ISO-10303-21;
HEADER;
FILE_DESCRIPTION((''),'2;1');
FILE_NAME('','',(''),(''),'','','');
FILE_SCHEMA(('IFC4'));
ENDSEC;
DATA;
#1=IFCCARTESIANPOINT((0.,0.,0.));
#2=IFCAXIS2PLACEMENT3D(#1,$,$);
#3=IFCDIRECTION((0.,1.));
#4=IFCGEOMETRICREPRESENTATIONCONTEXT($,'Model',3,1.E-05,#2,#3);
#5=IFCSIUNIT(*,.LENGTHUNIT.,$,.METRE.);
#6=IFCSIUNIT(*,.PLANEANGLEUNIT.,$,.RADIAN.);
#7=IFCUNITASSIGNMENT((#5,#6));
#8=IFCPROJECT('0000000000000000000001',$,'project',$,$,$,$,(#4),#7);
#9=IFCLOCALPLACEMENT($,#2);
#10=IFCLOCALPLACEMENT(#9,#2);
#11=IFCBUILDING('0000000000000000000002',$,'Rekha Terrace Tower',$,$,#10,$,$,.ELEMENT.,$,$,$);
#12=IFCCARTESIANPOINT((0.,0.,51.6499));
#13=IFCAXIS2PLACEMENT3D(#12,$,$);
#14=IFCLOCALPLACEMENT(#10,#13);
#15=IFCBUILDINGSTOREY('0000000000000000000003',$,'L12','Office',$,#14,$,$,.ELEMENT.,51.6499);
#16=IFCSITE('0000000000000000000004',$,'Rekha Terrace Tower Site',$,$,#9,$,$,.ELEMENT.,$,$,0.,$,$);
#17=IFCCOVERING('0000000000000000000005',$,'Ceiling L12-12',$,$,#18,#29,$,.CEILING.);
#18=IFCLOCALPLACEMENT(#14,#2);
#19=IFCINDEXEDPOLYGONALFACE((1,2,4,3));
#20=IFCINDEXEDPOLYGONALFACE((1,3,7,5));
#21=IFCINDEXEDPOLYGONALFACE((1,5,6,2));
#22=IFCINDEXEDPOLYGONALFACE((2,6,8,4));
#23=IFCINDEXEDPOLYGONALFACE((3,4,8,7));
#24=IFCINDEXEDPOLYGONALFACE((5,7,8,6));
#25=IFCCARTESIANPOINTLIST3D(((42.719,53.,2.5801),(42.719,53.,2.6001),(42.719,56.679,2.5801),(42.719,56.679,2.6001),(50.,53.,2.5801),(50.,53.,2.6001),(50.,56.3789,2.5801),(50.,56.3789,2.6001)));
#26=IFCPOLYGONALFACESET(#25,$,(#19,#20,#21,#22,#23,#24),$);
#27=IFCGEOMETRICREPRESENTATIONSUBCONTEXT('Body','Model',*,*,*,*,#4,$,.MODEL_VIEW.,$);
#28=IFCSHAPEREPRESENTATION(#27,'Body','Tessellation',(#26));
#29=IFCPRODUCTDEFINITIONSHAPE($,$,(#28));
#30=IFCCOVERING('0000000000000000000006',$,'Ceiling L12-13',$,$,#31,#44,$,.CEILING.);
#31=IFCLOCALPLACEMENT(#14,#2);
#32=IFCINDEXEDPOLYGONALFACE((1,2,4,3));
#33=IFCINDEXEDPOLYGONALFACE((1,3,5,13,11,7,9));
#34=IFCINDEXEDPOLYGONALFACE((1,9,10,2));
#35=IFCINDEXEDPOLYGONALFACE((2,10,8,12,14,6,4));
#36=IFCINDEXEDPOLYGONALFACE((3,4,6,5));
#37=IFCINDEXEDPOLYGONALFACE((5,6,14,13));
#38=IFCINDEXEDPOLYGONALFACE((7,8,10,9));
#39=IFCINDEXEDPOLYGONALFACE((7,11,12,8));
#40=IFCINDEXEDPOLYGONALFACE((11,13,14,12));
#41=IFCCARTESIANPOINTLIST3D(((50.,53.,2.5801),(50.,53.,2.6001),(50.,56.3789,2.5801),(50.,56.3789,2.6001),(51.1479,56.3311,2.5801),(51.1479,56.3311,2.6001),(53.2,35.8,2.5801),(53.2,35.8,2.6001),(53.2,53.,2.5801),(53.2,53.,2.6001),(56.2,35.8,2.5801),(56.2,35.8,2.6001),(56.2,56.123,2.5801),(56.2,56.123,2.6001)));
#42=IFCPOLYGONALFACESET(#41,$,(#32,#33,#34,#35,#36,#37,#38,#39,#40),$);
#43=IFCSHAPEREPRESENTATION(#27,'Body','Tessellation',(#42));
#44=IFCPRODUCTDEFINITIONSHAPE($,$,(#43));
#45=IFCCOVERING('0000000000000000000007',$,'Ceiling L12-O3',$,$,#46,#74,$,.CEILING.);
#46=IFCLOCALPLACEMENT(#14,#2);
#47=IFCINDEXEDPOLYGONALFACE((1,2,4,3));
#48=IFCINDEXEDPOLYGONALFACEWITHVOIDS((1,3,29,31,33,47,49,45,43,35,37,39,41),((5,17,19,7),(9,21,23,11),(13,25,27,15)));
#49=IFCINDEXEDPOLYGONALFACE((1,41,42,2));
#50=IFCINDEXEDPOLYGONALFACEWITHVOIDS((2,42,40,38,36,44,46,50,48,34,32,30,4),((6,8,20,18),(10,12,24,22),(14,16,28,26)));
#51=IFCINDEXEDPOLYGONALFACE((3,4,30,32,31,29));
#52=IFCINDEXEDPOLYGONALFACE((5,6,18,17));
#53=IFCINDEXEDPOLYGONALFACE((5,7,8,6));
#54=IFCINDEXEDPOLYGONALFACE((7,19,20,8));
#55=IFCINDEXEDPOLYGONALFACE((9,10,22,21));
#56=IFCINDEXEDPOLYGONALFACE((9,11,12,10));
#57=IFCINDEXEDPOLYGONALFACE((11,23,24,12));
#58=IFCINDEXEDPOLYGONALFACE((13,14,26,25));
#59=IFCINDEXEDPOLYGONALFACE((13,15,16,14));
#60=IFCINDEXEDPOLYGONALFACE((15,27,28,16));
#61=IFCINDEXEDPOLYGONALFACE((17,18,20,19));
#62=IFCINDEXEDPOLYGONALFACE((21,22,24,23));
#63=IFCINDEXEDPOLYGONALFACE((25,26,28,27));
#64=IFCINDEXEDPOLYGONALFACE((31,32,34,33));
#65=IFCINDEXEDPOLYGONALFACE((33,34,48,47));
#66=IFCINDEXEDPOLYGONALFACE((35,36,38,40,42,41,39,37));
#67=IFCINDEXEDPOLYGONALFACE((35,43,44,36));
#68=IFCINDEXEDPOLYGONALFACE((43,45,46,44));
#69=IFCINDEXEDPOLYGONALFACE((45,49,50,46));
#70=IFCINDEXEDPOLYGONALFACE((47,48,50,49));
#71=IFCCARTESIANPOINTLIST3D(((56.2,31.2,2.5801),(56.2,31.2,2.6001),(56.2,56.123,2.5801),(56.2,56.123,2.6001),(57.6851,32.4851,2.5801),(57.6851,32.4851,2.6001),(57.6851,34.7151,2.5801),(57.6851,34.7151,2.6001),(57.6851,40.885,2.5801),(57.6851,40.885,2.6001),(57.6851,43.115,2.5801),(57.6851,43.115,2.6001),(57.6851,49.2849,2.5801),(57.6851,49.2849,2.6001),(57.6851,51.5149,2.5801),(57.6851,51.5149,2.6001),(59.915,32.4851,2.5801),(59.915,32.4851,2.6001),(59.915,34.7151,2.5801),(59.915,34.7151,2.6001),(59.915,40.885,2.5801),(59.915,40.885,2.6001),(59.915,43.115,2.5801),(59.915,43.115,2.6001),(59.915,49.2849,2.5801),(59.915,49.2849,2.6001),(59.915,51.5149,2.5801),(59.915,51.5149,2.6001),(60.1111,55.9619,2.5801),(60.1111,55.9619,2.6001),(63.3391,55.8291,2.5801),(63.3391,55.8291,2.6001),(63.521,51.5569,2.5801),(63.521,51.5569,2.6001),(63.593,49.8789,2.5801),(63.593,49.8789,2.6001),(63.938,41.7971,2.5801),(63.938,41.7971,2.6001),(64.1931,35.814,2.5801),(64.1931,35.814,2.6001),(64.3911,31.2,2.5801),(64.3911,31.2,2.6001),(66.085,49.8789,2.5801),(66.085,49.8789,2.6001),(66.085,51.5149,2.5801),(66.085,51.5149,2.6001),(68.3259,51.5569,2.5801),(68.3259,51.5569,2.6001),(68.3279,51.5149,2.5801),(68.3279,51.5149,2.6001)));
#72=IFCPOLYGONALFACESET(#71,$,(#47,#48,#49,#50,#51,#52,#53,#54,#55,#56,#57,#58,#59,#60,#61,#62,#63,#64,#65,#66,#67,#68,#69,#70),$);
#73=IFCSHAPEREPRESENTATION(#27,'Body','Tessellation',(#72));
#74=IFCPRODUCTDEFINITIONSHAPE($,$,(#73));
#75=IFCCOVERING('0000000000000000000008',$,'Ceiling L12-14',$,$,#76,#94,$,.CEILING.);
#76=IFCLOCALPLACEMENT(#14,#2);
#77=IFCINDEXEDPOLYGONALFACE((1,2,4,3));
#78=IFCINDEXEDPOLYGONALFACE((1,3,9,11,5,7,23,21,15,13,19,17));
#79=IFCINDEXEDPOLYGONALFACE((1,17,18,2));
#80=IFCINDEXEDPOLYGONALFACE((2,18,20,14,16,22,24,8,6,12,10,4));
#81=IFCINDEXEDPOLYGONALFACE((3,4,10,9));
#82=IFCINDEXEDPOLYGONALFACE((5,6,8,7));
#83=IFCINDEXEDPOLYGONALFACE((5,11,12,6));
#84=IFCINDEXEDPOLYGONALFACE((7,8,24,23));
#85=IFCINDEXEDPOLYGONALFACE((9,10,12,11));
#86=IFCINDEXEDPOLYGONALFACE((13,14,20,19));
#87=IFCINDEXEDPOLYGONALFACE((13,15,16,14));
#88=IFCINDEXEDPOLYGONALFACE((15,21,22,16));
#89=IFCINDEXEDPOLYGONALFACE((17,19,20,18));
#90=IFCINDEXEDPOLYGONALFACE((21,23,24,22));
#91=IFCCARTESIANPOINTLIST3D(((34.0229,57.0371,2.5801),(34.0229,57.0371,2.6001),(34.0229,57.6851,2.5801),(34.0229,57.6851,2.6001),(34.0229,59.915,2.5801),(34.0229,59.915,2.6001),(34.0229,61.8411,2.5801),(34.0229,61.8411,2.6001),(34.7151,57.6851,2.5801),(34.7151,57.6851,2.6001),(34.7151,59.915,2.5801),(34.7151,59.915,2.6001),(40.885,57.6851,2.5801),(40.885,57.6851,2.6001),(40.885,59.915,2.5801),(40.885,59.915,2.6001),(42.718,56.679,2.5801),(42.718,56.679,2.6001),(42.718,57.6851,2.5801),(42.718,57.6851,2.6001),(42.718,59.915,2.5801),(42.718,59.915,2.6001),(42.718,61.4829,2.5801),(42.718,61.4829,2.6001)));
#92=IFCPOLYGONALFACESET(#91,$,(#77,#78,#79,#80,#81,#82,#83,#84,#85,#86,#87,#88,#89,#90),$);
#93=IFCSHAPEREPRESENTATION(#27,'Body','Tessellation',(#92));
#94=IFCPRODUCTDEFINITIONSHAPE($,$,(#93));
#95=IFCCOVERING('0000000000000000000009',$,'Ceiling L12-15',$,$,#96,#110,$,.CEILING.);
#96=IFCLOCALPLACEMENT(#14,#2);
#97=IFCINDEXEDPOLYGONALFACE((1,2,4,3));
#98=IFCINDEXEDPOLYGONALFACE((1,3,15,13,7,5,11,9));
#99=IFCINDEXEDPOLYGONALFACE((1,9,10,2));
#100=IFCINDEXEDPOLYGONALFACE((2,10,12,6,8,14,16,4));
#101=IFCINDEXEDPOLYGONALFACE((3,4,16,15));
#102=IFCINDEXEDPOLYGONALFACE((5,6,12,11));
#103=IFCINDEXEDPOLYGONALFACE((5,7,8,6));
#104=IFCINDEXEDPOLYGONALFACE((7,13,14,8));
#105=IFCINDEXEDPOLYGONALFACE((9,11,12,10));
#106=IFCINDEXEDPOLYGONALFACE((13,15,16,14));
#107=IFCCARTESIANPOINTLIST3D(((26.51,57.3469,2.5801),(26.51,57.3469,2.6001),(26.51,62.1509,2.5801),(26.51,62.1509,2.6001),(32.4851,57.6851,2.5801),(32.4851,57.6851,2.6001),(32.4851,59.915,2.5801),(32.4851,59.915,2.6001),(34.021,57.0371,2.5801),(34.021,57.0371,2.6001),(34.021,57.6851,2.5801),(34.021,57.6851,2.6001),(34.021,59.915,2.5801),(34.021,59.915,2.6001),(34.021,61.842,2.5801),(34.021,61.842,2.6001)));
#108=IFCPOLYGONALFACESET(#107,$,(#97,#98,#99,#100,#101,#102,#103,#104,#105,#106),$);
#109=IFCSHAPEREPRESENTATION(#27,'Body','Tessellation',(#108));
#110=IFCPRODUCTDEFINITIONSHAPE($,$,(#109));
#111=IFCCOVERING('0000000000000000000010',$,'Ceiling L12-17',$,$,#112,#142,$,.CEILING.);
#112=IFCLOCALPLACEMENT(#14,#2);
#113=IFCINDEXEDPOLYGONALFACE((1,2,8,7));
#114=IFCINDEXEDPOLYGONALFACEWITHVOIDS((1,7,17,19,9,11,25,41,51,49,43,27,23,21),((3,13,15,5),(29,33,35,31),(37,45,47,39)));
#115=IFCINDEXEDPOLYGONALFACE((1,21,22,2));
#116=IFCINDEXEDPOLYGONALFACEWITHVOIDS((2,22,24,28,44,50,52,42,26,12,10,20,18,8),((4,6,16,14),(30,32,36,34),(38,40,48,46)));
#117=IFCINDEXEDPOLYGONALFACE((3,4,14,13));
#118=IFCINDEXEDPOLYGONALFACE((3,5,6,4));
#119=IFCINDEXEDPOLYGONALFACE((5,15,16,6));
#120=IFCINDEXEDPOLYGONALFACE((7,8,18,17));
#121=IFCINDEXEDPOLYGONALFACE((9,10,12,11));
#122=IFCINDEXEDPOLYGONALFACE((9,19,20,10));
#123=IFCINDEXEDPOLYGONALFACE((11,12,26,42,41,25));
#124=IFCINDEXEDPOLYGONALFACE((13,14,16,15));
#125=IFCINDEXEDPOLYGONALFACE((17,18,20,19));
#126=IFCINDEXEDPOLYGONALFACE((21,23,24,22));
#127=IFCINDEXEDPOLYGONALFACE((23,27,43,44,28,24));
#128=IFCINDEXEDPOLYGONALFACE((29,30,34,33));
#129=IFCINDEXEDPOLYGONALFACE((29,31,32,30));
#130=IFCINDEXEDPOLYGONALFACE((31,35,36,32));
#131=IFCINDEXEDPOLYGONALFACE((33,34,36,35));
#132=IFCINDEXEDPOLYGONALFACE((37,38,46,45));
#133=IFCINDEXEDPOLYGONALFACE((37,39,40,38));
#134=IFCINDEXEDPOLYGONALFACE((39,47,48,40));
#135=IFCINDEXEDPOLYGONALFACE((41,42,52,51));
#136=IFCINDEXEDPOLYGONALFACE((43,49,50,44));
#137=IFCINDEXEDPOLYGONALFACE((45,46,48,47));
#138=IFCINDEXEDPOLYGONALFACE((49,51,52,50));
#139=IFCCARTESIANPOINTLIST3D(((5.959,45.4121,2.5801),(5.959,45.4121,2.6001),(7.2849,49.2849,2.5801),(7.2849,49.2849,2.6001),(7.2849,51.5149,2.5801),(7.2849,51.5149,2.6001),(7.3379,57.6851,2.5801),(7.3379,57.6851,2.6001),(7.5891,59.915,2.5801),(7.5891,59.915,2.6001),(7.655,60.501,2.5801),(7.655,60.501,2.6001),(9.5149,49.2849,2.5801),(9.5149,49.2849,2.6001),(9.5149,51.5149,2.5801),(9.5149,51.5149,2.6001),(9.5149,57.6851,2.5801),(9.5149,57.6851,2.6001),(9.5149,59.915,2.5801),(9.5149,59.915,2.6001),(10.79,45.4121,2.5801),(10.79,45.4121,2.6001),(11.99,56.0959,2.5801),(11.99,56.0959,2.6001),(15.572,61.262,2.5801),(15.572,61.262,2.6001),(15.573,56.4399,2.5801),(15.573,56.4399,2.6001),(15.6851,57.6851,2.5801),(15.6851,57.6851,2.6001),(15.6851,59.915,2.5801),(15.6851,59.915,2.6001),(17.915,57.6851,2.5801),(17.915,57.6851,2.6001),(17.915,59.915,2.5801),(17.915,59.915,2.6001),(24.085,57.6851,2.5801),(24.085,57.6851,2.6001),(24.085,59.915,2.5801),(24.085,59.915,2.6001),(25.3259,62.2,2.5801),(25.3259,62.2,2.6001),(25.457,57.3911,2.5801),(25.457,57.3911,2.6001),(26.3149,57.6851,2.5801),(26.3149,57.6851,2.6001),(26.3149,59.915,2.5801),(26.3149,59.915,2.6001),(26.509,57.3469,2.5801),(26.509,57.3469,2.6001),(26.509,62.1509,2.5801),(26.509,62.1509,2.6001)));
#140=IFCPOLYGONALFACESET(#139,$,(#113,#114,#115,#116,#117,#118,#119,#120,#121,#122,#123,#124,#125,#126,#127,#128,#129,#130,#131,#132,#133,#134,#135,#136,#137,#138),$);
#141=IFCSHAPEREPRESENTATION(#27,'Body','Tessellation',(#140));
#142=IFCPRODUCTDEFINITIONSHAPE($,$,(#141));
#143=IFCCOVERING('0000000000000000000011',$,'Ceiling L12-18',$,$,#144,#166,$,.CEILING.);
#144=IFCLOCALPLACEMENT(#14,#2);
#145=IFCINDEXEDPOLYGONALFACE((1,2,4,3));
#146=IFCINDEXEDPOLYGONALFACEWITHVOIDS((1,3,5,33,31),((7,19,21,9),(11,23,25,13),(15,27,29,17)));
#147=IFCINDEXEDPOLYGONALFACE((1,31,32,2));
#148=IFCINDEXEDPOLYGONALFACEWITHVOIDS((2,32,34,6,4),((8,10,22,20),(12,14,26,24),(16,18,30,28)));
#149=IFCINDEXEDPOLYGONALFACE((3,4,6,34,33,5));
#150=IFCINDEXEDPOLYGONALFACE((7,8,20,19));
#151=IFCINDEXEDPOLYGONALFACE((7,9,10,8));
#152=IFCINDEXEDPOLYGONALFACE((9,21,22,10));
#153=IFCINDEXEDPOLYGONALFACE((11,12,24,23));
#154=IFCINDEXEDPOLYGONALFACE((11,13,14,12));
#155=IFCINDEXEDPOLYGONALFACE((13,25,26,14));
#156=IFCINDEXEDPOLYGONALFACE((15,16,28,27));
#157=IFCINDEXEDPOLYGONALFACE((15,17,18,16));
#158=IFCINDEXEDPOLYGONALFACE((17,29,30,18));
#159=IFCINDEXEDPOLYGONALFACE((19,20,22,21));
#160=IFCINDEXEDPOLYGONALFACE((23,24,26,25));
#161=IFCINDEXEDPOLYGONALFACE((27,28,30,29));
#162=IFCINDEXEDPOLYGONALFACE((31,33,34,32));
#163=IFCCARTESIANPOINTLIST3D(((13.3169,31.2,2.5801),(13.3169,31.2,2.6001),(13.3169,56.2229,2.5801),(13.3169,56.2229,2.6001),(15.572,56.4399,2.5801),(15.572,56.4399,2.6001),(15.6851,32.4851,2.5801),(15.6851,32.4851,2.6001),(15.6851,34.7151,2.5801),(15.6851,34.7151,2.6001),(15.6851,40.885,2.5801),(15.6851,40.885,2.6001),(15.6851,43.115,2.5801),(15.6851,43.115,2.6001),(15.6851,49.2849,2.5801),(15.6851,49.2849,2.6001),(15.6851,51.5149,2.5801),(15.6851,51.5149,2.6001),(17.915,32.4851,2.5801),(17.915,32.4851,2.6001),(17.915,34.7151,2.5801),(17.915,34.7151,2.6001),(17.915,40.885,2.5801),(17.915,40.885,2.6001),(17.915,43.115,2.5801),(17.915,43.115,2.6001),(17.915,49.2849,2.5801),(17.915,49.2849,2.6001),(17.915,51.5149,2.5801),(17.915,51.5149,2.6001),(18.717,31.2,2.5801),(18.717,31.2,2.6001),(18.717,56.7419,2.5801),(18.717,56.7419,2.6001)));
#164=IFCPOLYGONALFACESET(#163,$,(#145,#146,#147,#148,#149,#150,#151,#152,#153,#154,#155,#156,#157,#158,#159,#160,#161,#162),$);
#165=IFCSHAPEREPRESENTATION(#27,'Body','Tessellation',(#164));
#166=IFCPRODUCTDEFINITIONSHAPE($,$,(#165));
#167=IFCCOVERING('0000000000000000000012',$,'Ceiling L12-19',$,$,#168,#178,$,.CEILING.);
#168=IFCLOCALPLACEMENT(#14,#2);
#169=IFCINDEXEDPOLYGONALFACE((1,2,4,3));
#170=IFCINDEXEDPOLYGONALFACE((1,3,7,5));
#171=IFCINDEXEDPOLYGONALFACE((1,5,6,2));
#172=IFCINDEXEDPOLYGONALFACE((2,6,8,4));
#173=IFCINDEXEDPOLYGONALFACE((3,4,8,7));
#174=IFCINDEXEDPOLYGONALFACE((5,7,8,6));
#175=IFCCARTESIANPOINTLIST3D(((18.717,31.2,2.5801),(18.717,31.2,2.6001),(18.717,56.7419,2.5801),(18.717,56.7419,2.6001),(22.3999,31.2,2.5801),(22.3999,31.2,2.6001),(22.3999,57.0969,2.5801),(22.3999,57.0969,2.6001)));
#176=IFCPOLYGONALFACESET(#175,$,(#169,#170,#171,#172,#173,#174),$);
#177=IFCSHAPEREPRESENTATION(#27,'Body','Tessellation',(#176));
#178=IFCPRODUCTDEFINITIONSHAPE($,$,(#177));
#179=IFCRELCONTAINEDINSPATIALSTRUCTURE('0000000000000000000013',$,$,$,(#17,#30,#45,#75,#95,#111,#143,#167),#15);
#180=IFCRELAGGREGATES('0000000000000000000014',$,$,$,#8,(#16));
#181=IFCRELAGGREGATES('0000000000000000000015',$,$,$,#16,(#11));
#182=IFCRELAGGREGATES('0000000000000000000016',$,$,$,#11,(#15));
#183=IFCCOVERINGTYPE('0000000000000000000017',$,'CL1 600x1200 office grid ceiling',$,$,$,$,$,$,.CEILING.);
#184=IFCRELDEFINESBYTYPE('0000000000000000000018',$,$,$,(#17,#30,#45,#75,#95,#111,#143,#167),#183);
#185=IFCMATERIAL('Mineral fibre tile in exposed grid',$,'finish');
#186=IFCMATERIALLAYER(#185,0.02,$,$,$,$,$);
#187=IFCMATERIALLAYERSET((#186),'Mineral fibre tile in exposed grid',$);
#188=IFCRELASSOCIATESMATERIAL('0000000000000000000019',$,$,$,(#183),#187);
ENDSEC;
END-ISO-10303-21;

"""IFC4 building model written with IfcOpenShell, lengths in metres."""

from ifc_helpers import new_model, si_unit, direction, frame, origin, place, context, subcontext, project, spatial, polyline, outline, extrude, material, layer, layer_set, type_object, element, save


model = new_model("IFC4")

# Units and contexts
model_context = context("Model", 3, precision=1e-05, world=origin(), true_north=direction((0.0, 1.0)))
body_context = subcontext(model_context, "Body", "Model", "MODEL_VIEW")
ifc_project = project(units=[si_unit("LENGTHUNIT", "METRE"), si_unit("PLANEANGLEUNIT", "RADIAN")], contexts=[model_context])

# Site, building, storey
site_placement = place(None, origin())
site = spatial("IfcSite", under=ifc_project, at=site_placement, Name="Rekha Terrace Tower Site", CompositionType="ELEMENT", RefElevation=0.0)
building_placement = place(site_placement, origin())
building = spatial("IfcBuilding", under=site, at=building_placement, Name="Rekha Terrace Tower", CompositionType="ELEMENT")
storey_placement = place(building_placement, frame((0.0, 0.0, 51.6499)))
storey = spatial("IfcBuildingStorey", under=building, at=storey_placement, Name="L12", Description="Office", CompositionType="ELEMENT", Elevation=51.6499)

# Coverings
ifc_material_1 = material(Name="Mineral fibre tile in exposed grid", Category="finish")
ifc_layer_1 = layer(ifc_material_1, 0.02)
ifc_layer_set_1 = layer_set([ifc_layer_1], Name="Mineral fibre tile in exposed grid")
covering_type_1 = type_object("IfcCoveringType", Name="CL1 600x1200 office grid ceiling", PredefinedType="CEILING", material=ifc_layer_set_1)
covering_1_placement = place(storey_placement, frame((0.0, 0.0, 2.5801)))
element("IfcCovering", 1, at=covering_1_placement, inside=storey, type_object=covering_type_1, Name="Ceiling L12-12", PredefinedType="CEILING", context=body_context, shape_type="SweptSolid", body=[
    extrude(outline(polyline([(50.0, 53.0), (50.0, 56.3789), (42.719, 56.679), (42.719, 53.0), (50.0, 53.0)])), origin(), (0.0, 0.0, 1.0), 0.02),
])
covering_2_placement = place(storey_placement, frame((0.0, 0.0, 2.5801)))
element("IfcCovering", 2, at=covering_2_placement, inside=storey, type_object=covering_type_1, Name="Ceiling L12-13", PredefinedType="CEILING", context=body_context, shape_type="SweptSolid", body=[
    extrude(outline(polyline([(53.2, 35.8), (56.2, 35.8), (56.2, 56.123), (51.1479, 56.3311), (50.0, 56.3789), (50.0, 53.0), (53.2, 53.0), (53.2, 35.8)])), origin(), (0.0, 0.0, 1.0), 0.02),
])
covering_3_placement = place(storey_placement, frame((0.0, 0.0, 2.5801)))
element("IfcCovering", 3, at=covering_3_placement, inside=storey, type_object=covering_type_1, Name="Ceiling L12-O3", PredefinedType="CEILING", context=body_context, shape_type="SweptSolid", body=[
    extrude(outline(polyline([(63.3391, 55.8291), (60.1111, 55.9619), (56.2, 56.123), (56.2, 31.2), (64.3911, 31.2), (64.1931, 35.814), (63.938, 41.7971), (63.593, 49.8789), (66.085, 49.8789), (66.085, 51.5149), (68.3279, 51.5149), (68.3259, 51.5569), (63.521, 51.5569), (63.3391, 55.8291)]), holes=[polyline([(59.915, 32.4851), (57.6851, 32.4851), (57.6851, 34.7151), (59.915, 34.7151), (59.915, 32.4851)]), polyline([(59.915, 40.885), (57.6851, 40.885), (57.6851, 43.115), (59.915, 43.115), (59.915, 40.885)]), polyline([(59.915, 49.2849), (57.6851, 49.2849), (57.6851, 51.5149), (59.915, 51.5149), (59.915, 49.2849)])]), origin(), (0.0, 0.0, 1.0), 0.02),
])
covering_4_placement = place(storey_placement, frame((0.0, 0.0, 2.5801)))
element("IfcCovering", 4, at=covering_4_placement, inside=storey, type_object=covering_type_1, Name="Ceiling L12-14", PredefinedType="CEILING", context=body_context, shape_type="SweptSolid", body=[
    extrude(outline(polyline([(34.7151, 57.6851), (34.0229, 57.6851), (34.0229, 57.0371), (42.718, 56.679), (42.718, 57.6851), (40.885, 57.6851), (40.885, 59.915), (42.718, 59.915), (42.718, 61.4829), (34.0229, 61.8411), (34.0229, 59.915), (34.7151, 59.915), (34.7151, 57.6851)])), origin(), (0.0, 0.0, 1.0), 0.02),
])
covering_5_placement = place(storey_placement, frame((0.0, 0.0, 2.5801)))
element("IfcCovering", 5, at=covering_5_placement, inside=storey, type_object=covering_type_1, Name="Ceiling L12-15", PredefinedType="CEILING", context=body_context, shape_type="SweptSolid", body=[
    extrude(outline(polyline([(34.021, 59.915), (34.021, 61.842), (26.51, 62.1509), (26.51, 57.3469), (34.021, 57.0371), (34.021, 57.6851), (32.4851, 57.6851), (32.4851, 59.915), (34.021, 59.915)])), origin(), (0.0, 0.0, 1.0), 0.02),
])
covering_6_placement = place(storey_placement, frame((0.0, 0.0, 2.5801)))
element("IfcCovering", 6, at=covering_6_placement, inside=storey, type_object=covering_type_1, Name="Ceiling L12-17", PredefinedType="CEILING", context=body_context, shape_type="SweptSolid", body=[
    extrude(outline(polyline([(25.3259, 62.2), (15.572, 61.262), (7.655, 60.501), (7.5891, 59.915), (9.5149, 59.915), (9.5149, 57.6851), (7.3379, 57.6851), (5.959, 45.4121), (10.79, 45.4121), (11.99, 56.0959), (15.573, 56.4399), (25.457, 57.3911), (26.509, 57.3469), (26.509, 62.1509), (25.3259, 62.2)]), holes=[polyline([(26.3149, 57.6851), (24.085, 57.6851), (24.085, 59.915), (26.3149, 59.915), (26.3149, 57.6851)]), polyline([(17.915, 57.6851), (15.6851, 57.6851), (15.6851, 59.915), (17.915, 59.915), (17.915, 57.6851)]), polyline([(9.5149, 51.5149), (9.5149, 49.2849), (7.2849, 49.2849), (7.2849, 51.5149), (9.5149, 51.5149)])]), origin(), (0.0, 0.0, 1.0), 0.02),
])
covering_7_placement = place(storey_placement, frame((0.0, 0.0, 2.5801)))
element("IfcCovering", 7, at=covering_7_placement, inside=storey, type_object=covering_type_1, Name="Ceiling L12-18", PredefinedType="CEILING", context=body_context, shape_type="SweptSolid", body=[
    extrude(outline(polyline([(18.717, 56.7419), (15.572, 56.4399), (13.3169, 56.2229), (13.3169, 31.2), (18.717, 31.2), (18.717, 56.7419)]), holes=[polyline([(17.915, 32.4851), (15.6851, 32.4851), (15.6851, 34.7151), (17.915, 34.7151), (17.915, 32.4851)]), polyline([(17.915, 40.885), (15.6851, 40.885), (15.6851, 43.115), (17.915, 43.115), (17.915, 40.885)]), polyline([(17.915, 49.2849), (15.6851, 49.2849), (15.6851, 51.5149), (17.915, 51.5149), (17.915, 49.2849)])]), origin(), (0.0, 0.0, 1.0), 0.02),
])
covering_8_placement = place(storey_placement, frame((0.0, 0.0, 2.5801)))
element("IfcCovering", 8, at=covering_8_placement, inside=storey, type_object=covering_type_1, Name="Ceiling L12-19", PredefinedType="CEILING", context=body_context, shape_type="SweptSolid", body=[
    extrude(outline(polyline([(22.3999, 57.0969), (18.717, 56.7419), (18.717, 31.2), (22.3999, 31.2), (22.3999, 57.0969)])), origin(), (0.0, 0.0, 1.0), 0.02),
])

save(model, "model.ifc")
